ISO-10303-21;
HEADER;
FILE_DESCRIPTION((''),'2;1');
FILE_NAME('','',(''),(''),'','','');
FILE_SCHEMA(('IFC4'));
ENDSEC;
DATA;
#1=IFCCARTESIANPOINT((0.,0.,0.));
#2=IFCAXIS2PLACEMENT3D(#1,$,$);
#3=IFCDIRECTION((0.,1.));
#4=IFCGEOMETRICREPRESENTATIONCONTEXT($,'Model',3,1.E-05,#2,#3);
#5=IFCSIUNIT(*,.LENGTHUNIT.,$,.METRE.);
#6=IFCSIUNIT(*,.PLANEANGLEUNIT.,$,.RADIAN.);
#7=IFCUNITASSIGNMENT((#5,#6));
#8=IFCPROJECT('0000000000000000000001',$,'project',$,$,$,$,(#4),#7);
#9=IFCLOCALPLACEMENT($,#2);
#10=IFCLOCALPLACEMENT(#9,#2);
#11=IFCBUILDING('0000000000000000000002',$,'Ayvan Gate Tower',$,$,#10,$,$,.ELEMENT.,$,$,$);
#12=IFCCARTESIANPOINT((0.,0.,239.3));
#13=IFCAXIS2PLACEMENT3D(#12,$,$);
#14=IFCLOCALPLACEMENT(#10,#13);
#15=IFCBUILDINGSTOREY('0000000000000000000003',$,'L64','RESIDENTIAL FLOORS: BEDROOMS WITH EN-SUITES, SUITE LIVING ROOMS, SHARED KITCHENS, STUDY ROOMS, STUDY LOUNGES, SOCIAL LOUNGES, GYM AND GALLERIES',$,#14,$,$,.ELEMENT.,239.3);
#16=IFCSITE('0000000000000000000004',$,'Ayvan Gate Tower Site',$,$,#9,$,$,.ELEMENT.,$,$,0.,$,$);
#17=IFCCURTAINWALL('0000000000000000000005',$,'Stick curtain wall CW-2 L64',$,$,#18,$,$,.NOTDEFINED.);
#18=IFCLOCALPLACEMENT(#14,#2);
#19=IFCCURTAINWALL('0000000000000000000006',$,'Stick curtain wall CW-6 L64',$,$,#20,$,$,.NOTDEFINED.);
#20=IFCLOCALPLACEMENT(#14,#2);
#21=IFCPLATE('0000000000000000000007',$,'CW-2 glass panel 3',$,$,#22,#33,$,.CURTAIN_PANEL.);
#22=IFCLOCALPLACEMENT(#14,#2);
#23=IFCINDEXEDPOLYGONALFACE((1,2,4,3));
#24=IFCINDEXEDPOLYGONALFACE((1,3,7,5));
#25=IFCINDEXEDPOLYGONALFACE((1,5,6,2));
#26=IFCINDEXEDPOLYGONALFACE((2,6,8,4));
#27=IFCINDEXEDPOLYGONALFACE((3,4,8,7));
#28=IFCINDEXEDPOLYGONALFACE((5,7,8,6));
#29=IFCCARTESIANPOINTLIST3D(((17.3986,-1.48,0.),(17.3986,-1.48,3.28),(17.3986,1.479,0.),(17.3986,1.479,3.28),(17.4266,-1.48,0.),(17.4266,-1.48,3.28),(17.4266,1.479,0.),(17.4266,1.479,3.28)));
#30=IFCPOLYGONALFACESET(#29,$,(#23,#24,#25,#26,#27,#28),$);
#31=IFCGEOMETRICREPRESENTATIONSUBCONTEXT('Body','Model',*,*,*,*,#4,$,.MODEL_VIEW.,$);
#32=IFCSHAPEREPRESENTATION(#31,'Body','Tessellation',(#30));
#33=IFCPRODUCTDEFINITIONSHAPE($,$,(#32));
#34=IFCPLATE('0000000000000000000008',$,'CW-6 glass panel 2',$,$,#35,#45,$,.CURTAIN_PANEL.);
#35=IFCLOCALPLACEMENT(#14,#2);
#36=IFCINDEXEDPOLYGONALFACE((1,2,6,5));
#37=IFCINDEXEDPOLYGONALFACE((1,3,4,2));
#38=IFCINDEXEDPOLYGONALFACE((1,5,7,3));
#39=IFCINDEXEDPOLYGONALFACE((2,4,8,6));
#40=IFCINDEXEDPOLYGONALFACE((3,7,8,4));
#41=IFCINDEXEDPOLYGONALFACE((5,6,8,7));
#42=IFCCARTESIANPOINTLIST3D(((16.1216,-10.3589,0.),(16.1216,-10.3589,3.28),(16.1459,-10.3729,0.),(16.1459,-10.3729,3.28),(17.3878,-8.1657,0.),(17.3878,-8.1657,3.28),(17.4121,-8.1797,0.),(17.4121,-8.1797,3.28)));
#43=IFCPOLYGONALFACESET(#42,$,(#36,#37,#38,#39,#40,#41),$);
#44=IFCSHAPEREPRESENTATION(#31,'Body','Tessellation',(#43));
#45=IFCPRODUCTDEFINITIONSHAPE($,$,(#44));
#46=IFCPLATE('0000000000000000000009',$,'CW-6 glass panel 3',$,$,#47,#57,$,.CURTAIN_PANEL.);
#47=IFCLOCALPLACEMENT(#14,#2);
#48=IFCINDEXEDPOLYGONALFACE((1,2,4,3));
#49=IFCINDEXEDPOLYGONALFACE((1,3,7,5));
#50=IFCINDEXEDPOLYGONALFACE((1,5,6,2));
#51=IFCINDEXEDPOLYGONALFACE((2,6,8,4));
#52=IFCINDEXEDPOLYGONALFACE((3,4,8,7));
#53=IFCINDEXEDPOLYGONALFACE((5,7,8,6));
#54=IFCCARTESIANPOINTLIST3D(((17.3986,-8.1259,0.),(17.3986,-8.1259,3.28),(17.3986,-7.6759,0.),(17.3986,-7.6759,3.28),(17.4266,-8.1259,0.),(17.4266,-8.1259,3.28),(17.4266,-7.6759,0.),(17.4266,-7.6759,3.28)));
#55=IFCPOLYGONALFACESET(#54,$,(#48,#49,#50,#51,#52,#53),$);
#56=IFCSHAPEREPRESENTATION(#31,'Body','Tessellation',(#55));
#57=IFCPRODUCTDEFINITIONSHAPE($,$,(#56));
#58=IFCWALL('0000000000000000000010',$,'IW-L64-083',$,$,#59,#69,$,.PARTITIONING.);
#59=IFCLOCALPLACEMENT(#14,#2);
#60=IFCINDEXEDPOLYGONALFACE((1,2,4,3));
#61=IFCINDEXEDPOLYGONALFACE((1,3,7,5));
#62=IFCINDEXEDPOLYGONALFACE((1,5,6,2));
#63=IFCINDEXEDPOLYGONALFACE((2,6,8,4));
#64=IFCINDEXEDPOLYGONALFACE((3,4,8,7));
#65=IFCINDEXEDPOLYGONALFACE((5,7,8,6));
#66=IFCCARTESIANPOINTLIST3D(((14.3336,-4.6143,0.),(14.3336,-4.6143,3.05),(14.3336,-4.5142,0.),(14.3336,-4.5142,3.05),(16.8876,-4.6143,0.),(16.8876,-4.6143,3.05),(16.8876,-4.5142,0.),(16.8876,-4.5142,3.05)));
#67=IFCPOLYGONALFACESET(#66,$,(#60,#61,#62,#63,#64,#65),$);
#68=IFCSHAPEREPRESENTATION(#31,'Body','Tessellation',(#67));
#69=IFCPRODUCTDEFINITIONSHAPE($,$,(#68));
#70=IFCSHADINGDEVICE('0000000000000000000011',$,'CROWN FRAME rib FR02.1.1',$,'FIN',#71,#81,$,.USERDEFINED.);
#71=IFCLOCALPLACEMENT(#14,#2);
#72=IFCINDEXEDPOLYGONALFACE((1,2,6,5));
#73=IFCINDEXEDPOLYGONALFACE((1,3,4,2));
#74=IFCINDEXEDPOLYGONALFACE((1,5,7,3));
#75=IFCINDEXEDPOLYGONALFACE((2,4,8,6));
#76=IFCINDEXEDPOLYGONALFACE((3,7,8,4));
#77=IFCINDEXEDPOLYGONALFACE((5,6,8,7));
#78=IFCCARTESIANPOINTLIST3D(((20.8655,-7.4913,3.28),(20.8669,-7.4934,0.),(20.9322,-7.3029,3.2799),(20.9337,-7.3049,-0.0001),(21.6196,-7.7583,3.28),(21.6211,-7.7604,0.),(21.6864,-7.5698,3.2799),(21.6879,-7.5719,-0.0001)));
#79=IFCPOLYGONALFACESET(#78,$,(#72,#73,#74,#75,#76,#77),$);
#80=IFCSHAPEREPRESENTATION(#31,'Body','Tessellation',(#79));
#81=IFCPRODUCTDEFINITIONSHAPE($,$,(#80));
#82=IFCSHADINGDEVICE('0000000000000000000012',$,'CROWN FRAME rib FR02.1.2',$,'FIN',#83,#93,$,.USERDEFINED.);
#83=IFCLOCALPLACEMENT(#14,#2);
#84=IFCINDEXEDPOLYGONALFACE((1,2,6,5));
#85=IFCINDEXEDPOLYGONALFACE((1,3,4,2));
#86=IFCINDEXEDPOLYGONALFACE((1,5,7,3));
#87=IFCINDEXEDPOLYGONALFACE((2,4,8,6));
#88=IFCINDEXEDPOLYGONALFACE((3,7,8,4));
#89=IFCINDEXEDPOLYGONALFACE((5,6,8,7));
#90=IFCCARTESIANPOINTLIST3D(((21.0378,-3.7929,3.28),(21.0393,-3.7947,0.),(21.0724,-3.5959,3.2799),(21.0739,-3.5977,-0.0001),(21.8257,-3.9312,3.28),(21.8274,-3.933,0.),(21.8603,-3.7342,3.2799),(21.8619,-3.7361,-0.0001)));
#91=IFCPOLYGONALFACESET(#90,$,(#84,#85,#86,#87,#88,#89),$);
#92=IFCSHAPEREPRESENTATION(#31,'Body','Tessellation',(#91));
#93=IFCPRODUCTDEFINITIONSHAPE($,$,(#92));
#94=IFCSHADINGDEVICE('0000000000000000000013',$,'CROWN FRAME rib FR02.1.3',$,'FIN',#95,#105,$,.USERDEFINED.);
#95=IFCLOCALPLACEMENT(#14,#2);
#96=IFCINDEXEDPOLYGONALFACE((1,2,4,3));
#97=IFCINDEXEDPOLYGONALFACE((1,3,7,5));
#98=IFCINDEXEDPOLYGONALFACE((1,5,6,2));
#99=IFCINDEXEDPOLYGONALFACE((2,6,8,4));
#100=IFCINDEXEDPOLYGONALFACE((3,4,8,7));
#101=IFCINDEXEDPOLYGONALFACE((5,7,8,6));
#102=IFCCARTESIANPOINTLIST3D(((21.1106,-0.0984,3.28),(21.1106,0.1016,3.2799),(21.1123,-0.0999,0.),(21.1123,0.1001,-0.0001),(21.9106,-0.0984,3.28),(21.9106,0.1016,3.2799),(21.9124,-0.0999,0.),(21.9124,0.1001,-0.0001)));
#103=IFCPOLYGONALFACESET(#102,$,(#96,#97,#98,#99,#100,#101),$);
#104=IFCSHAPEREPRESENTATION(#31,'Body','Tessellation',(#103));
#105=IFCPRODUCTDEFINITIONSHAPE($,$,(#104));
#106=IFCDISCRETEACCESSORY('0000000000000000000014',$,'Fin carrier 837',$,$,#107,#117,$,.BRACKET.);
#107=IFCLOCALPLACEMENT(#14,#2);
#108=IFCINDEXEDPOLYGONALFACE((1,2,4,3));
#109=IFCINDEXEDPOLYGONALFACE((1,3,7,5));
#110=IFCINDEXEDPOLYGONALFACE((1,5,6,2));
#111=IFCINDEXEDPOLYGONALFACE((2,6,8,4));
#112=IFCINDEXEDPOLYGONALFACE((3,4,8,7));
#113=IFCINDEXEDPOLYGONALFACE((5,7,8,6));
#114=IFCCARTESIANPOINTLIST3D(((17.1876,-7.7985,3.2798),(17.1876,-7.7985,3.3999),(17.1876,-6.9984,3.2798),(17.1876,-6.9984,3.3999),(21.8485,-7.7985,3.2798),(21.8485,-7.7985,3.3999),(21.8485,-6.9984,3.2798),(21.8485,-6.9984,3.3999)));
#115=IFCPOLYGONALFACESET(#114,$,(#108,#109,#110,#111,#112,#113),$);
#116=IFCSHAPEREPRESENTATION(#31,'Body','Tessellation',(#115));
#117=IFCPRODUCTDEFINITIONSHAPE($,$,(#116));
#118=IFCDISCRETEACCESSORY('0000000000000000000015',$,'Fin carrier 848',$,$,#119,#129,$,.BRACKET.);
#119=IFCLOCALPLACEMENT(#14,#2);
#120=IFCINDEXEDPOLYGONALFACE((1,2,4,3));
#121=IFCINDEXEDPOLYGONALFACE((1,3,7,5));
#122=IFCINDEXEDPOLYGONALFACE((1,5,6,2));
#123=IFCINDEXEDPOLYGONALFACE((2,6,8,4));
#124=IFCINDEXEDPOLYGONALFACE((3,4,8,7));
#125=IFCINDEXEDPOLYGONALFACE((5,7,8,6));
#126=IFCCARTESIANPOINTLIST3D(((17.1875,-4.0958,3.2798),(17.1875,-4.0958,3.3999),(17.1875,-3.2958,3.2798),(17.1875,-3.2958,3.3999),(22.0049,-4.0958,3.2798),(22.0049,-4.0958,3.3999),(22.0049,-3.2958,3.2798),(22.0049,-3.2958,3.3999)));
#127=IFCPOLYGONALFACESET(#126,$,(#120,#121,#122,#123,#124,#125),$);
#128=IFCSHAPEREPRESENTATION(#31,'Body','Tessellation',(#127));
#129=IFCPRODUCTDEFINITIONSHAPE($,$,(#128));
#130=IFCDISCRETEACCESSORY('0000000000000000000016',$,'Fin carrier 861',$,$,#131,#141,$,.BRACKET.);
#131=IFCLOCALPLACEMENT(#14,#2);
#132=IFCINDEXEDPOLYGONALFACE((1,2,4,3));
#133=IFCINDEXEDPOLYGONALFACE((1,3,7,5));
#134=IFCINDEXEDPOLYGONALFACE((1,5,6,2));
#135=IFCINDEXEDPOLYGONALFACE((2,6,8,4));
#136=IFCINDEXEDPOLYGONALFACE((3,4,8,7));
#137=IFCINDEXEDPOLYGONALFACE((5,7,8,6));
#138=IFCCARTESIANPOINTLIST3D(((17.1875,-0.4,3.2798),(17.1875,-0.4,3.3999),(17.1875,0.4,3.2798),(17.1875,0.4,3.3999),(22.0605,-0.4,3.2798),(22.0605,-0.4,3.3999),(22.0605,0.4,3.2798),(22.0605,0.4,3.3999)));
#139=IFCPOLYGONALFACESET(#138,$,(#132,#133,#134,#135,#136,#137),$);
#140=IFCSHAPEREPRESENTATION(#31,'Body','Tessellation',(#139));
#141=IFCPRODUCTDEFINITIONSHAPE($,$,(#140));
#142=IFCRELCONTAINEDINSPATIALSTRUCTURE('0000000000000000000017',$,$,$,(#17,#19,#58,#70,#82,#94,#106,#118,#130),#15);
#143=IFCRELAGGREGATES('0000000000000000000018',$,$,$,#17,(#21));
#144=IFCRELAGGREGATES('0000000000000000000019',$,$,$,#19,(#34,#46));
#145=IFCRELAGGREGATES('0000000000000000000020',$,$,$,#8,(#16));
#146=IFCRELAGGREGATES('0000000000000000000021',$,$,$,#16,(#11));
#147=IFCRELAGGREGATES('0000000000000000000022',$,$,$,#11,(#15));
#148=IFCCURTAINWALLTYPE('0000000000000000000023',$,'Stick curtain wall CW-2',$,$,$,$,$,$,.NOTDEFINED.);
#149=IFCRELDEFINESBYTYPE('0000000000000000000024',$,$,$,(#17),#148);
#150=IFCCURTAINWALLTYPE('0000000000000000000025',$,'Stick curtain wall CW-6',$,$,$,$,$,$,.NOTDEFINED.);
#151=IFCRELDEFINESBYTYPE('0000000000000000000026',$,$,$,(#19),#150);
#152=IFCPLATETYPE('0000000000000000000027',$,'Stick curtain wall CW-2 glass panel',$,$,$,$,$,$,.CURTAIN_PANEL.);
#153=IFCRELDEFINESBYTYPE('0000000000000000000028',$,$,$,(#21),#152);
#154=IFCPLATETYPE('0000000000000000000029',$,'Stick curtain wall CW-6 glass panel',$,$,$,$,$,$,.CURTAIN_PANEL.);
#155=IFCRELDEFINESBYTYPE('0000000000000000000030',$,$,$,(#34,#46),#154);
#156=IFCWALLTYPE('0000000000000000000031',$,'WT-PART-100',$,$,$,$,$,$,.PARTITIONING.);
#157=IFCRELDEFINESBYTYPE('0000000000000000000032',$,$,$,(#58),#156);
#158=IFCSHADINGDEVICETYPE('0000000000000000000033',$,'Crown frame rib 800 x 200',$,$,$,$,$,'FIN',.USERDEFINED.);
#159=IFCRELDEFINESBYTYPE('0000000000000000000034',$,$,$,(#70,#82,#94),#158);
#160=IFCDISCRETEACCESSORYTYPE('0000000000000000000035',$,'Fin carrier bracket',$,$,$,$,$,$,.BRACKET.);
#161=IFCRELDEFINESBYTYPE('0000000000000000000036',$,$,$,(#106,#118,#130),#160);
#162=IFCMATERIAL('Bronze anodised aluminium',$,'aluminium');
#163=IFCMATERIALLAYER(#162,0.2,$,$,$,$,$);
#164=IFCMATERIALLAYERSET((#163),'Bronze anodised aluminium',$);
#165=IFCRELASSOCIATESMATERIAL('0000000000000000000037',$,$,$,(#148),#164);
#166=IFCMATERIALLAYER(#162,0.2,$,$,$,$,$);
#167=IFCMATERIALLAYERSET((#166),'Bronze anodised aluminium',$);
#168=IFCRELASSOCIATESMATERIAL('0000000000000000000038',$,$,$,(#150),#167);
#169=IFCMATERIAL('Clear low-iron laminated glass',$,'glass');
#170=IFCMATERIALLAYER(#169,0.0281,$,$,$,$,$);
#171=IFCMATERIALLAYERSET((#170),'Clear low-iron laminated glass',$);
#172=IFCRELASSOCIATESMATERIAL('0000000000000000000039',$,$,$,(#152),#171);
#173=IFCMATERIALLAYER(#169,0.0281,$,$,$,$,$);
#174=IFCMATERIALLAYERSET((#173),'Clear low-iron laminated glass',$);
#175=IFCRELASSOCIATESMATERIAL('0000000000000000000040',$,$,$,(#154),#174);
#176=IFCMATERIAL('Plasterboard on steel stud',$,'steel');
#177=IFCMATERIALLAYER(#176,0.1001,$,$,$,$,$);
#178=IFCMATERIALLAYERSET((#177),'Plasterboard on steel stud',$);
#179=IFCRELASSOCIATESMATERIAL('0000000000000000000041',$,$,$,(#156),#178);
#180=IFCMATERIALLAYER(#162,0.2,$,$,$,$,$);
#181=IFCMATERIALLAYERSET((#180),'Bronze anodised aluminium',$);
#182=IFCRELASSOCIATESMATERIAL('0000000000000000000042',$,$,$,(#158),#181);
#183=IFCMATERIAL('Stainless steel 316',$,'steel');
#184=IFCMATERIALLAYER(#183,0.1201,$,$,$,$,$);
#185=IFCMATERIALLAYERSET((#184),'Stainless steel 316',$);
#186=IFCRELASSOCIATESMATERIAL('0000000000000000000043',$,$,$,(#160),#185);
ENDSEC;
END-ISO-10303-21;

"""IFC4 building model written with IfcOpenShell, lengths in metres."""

from ifc_helpers import new_model, si_unit, direction, frame, frame_2d, origin, origin_2d, place, context, subcontext, project, spatial, polyline, rectangle, outline, extrude, material, layer, layer_set, type_object, element, aggregate, save


model = new_model("IFC4")

# Units and contexts
model_context = context("Model", 3, precision=1e-05, world=origin(), true_north=direction((0.0, 1.0)))
body_context = subcontext(model_context, "Body", "Model", "MODEL_VIEW")
ifc_project = project(units=[si_unit("LENGTHUNIT", "METRE"), si_unit("PLANEANGLEUNIT", "RADIAN")], contexts=[model_context])

# Site, building, storey
site_placement = place(None, origin())
site = spatial("IfcSite", under=ifc_project, at=site_placement, Name="Ayvan Gate Tower Site", CompositionType="ELEMENT", RefElevation=0.0)
building_placement = place(site_placement, origin())
building = spatial("IfcBuilding", under=site, at=building_placement, Name="Ayvan Gate Tower", CompositionType="ELEMENT")
storey_placement = place(building_placement, frame((0.0, 0.0, 239.3)))
storey = spatial("IfcBuildingStorey", under=building, at=storey_placement, Name="L64", Description="RESIDENTIAL FLOORS: BEDROOMS WITH EN-SUITES, SUITE LIVING ROOMS, SHARED KITCHENS, STUDY ROOMS, STUDY LOUNGES, SOCIAL LOUNGES, GYM AND GALLERIES", CompositionType="ELEMENT", Elevation=239.3)

# Curtain walls
ifc_material_1 = material(Name="Bronze anodised aluminium", Category="aluminium")
ifc_layer_1 = layer(ifc_material_1, 0.2)
ifc_layer_set_1 = layer_set([ifc_layer_1], Name="Bronze anodised aluminium")
curtain_wall_type_1 = type_object("IfcCurtainWallType", Name="Stick curtain wall CW-2", PredefinedType="NOTDEFINED", material=ifc_layer_set_1)
curtain_wall_1_placement = place(storey_placement, origin())
curtain_wall_1 = element("IfcCurtainWall", 1, at=curtain_wall_1_placement, inside=storey, type_object=curtain_wall_type_1, Name="Stick curtain wall CW-2 L64", PredefinedType="NOTDEFINED")
ifc_layer_2 = layer(ifc_material_1, 0.2)
ifc_layer_set_2 = layer_set([ifc_layer_2], Name="Bronze anodised aluminium")
curtain_wall_type_2 = type_object("IfcCurtainWallType", Name="Stick curtain wall CW-6", PredefinedType="NOTDEFINED", material=ifc_layer_set_2)
curtain_wall_2_placement = place(storey_placement, origin())
curtain_wall_2 = element("IfcCurtainWall", 2, at=curtain_wall_2_placement, inside=storey, type_object=curtain_wall_type_2, Name="Stick curtain wall CW-6 L64", PredefinedType="NOTDEFINED")

# Plates
ifc_material_2 = material(Name="Clear low-iron laminated glass", Category="glass")
ifc_layer_3 = layer(ifc_material_2, 0.0281)
ifc_layer_set_3 = layer_set([ifc_layer_3], Name="Clear low-iron laminated glass")
plate_type_1 = type_object("IfcPlateType", Name="Stick curtain wall CW-2 glass panel", PredefinedType="CURTAIN_PANEL", material=ifc_layer_set_3)
plate_1_placement = place(storey_placement, frame((17.4126, -0.0005, 0.0), z_axis=(0.0, 0.0, 1.0), x_axis=(0.0, 1.0, 0.0)))
plate_1 = element("IfcPlate", 3, at=plate_1_placement, type_object=plate_type_1, Name="CW-2 glass panel 3", PredefinedType="CURTAIN_PANEL", context=body_context, shape_type="SweptSolid", body=[
    extrude(rectangle(XDim=2.959, YDim=0.0281, at=origin_2d()), origin(), (0.0, 0.0, 1.0), 3.28),
])
aggregate(curtain_wall_1, [plate_1])
ifc_layer_4 = layer(ifc_material_2, 0.0281)
ifc_layer_set_4 = layer_set([ifc_layer_4], Name="Clear low-iron laminated glass")
plate_type_2 = type_object("IfcPlateType", Name="Stick curtain wall CW-6 glass panel", PredefinedType="CURTAIN_PANEL", material=ifc_layer_set_4)
plate_2_placement = place(storey_placement, frame((16.7668, -9.2693, 0.0), z_axis=(0.0, 0.0, 1.0), x_axis=(0.5, 0.866025, 0.0)))
plate_2 = element("IfcPlate", 4, at=plate_2_placement, type_object=plate_type_2, Name="CW-6 glass panel 2", PredefinedType="CURTAIN_PANEL", context=body_context, shape_type="SweptSolid", body=[
    extrude(rectangle(XDim=2.5325, YDim=0.0281, at=origin_2d()), origin(), (0.0, 0.0, 1.0), 3.28),
])
plate_3_placement = place(storey_placement, frame((17.4126, -7.9009, 0.0), z_axis=(0.0, 0.0, 1.0), x_axis=(0.0, 1.0, 0.0)))
plate_3 = element("IfcPlate", 5, at=plate_3_placement, type_object=plate_type_2, Name="CW-6 glass panel 3", PredefinedType="CURTAIN_PANEL", context=body_context, shape_type="SweptSolid", body=[
    extrude(rectangle(XDim=0.45, YDim=0.0281, at=origin_2d()), origin(), (0.0, 0.0, 1.0), 3.28),
])
aggregate(curtain_wall_2, [plate_2, plate_3])

# Wall
ifc_material_3 = material(Name="Plasterboard on steel stud", Category="steel")
ifc_layer_5 = layer(ifc_material_3, 0.1001)
ifc_layer_set_5 = layer_set([ifc_layer_5], Name="Plasterboard on steel stud")
wall_type = type_object("IfcWallType", Name="WT-PART-100", PredefinedType="PARTITIONING", material=ifc_layer_set_5)
wall_placement = place(storey_placement, frame((16.8875, -4.5642, 0.0), z_axis=(0.0, 0.0, 1.0), x_axis=(-1.0, 0.0, 0.0)))
element("IfcWall", 6, at=wall_placement, inside=storey, type_object=wall_type, Name="IW-L64-083", PredefinedType="PARTITIONING", context=body_context, shape_type="SweptSolid", body=[
    extrude(rectangle(XDim=2.554, YDim=0.1001, at=frame_2d((1.2769, 0.0))), origin(), (0.0, 0.0, 1.0), 3.05),
])

# Shading devices
ifc_layer_6 = layer(ifc_material_1, 0.2)
ifc_layer_set_6 = layer_set([ifc_layer_6], Name="Bronze anodised aluminium")
shading_device_type = type_object("IfcShadingDeviceType", Name="Crown frame rib 800 x 200", ElementType="FIN", PredefinedType="USERDEFINED", material=ifc_layer_set_6)
shading_device_1_placement = place(storey_placement, frame((20.8669, -7.4934, 0.0), z_axis=(-0.333706, -0.942677, 0.000447), x_axis=(0.942677, -0.333706, 0.0)))
element("IfcShadingDevice", 7, at=shading_device_1_placement, inside=storey, type_object=shading_device_type, Name="CROWN FRAME rib FR02.1.1", ObjectType="FIN", PredefinedType="USERDEFINED", context=body_context, shape_type="SweptSolid", body=[
    extrude(outline(polyline([(0.0, 0.0), (0.8, 0.0), (0.7979, 3.28), (-0.002, 3.28), (0.0, 0.0)])), origin(), (0.0, 0.0, -1.0), 0.2),
])
shading_device_2_placement = place(storey_placement, frame((21.0393, -3.7947, 0.0), z_axis=(-0.17288, -0.984943, 0.000466), x_axis=(0.984943, -0.17288, 0.0)))
element("IfcShadingDevice", 8, at=shading_device_2_placement, inside=storey, type_object=shading_device_type, Name="CROWN FRAME rib FR02.1.2", ObjectType="FIN", PredefinedType="USERDEFINED", context=body_context, shape_type="SweptSolid", body=[
    extrude(outline(polyline([(0.0, 0.0), (0.8001, 0.0), (0.7981, 3.28), (-0.0018, 3.28), (0.0, 0.0)])), origin(), (0.0, 0.0, -1.0), 0.2),
])
shading_device_3_placement = place(storey_placement, frame((21.1123, -0.0999, 0.0), z_axis=(0.0, -1.0, 0.000447), x_axis=(1.0, 0.0, 0.0)))
element("IfcShadingDevice", 9, at=shading_device_3_placement, inside=storey, type_object=shading_device_type, Name="CROWN FRAME rib FR02.1.3", ObjectType="FIN", PredefinedType="USERDEFINED", context=body_context, shape_type="SweptSolid", body=[
    extrude(outline(polyline([(0.0, 0.0), (0.8, 0.0), (0.7983, 3.28), (-0.0017, 3.28), (0.0, 0.0)])), origin(), (0.0, 0.0, -1.0), 0.2),
])

# Discrete accessories
ifc_material_4 = material(Name="Stainless steel 316", Category="steel")
ifc_layer_7 = layer(ifc_material_4, 0.1201)
ifc_layer_set_7 = layer_set([ifc_layer_7], Name="Stainless steel 316")
discrete_accessory_type = type_object("IfcDiscreteAccessoryType", Name="Fin carrier bracket", PredefinedType="BRACKET", material=ifc_layer_set_7)
discrete_accessory_1_placement = place(storey_placement, frame((19.5181, -7.3984, 3.2798), z_axis=(0.0, 0.0, 1.0), x_axis=(0.0, 1.0, 0.0)))
element("IfcDiscreteAccessory", 10, at=discrete_accessory_1_placement, inside=storey, type_object=discrete_accessory_type, Name="Fin carrier 837", PredefinedType="BRACKET", context=body_context, shape_type="SweptSolid", body=[
    extrude(rectangle(XDim=0.8, YDim=4.6609, at=origin_2d()), origin(), (0.0, 0.0, 1.0), 0.1201),
])
discrete_accessory_2_placement = place(storey_placement, frame((19.5962, -3.6958, 3.2798), z_axis=(0.0, 0.0, 1.0), x_axis=(0.0, 1.0, 0.0)))
element("IfcDiscreteAccessory", 11, at=discrete_accessory_2_placement, inside=storey, type_object=discrete_accessory_type, Name="Fin carrier 848", PredefinedType="BRACKET", context=body_context, shape_type="SweptSolid", body=[
    extrude(rectangle(XDim=0.8, YDim=4.8174, at=origin_2d()), origin(), (0.0, 0.0, 1.0), 0.1201),
])
discrete_accessory_3_placement = place(storey_placement, frame((19.624, 0.0, 3.2798), z_axis=(0.0, 0.0, 1.0), x_axis=(0.0, 1.0, 0.0)))
element("IfcDiscreteAccessory", 12, at=discrete_accessory_3_placement, inside=storey, type_object=discrete_accessory_type, Name="Fin carrier 861", PredefinedType="BRACKET", context=body_context, shape_type="SweptSolid", body=[
    extrude(rectangle(XDim=0.8, YDim=4.873, at=origin_2d()), origin(), (0.0, 0.0, 1.0), 0.1201),
])

save(model, "model.ifc")
